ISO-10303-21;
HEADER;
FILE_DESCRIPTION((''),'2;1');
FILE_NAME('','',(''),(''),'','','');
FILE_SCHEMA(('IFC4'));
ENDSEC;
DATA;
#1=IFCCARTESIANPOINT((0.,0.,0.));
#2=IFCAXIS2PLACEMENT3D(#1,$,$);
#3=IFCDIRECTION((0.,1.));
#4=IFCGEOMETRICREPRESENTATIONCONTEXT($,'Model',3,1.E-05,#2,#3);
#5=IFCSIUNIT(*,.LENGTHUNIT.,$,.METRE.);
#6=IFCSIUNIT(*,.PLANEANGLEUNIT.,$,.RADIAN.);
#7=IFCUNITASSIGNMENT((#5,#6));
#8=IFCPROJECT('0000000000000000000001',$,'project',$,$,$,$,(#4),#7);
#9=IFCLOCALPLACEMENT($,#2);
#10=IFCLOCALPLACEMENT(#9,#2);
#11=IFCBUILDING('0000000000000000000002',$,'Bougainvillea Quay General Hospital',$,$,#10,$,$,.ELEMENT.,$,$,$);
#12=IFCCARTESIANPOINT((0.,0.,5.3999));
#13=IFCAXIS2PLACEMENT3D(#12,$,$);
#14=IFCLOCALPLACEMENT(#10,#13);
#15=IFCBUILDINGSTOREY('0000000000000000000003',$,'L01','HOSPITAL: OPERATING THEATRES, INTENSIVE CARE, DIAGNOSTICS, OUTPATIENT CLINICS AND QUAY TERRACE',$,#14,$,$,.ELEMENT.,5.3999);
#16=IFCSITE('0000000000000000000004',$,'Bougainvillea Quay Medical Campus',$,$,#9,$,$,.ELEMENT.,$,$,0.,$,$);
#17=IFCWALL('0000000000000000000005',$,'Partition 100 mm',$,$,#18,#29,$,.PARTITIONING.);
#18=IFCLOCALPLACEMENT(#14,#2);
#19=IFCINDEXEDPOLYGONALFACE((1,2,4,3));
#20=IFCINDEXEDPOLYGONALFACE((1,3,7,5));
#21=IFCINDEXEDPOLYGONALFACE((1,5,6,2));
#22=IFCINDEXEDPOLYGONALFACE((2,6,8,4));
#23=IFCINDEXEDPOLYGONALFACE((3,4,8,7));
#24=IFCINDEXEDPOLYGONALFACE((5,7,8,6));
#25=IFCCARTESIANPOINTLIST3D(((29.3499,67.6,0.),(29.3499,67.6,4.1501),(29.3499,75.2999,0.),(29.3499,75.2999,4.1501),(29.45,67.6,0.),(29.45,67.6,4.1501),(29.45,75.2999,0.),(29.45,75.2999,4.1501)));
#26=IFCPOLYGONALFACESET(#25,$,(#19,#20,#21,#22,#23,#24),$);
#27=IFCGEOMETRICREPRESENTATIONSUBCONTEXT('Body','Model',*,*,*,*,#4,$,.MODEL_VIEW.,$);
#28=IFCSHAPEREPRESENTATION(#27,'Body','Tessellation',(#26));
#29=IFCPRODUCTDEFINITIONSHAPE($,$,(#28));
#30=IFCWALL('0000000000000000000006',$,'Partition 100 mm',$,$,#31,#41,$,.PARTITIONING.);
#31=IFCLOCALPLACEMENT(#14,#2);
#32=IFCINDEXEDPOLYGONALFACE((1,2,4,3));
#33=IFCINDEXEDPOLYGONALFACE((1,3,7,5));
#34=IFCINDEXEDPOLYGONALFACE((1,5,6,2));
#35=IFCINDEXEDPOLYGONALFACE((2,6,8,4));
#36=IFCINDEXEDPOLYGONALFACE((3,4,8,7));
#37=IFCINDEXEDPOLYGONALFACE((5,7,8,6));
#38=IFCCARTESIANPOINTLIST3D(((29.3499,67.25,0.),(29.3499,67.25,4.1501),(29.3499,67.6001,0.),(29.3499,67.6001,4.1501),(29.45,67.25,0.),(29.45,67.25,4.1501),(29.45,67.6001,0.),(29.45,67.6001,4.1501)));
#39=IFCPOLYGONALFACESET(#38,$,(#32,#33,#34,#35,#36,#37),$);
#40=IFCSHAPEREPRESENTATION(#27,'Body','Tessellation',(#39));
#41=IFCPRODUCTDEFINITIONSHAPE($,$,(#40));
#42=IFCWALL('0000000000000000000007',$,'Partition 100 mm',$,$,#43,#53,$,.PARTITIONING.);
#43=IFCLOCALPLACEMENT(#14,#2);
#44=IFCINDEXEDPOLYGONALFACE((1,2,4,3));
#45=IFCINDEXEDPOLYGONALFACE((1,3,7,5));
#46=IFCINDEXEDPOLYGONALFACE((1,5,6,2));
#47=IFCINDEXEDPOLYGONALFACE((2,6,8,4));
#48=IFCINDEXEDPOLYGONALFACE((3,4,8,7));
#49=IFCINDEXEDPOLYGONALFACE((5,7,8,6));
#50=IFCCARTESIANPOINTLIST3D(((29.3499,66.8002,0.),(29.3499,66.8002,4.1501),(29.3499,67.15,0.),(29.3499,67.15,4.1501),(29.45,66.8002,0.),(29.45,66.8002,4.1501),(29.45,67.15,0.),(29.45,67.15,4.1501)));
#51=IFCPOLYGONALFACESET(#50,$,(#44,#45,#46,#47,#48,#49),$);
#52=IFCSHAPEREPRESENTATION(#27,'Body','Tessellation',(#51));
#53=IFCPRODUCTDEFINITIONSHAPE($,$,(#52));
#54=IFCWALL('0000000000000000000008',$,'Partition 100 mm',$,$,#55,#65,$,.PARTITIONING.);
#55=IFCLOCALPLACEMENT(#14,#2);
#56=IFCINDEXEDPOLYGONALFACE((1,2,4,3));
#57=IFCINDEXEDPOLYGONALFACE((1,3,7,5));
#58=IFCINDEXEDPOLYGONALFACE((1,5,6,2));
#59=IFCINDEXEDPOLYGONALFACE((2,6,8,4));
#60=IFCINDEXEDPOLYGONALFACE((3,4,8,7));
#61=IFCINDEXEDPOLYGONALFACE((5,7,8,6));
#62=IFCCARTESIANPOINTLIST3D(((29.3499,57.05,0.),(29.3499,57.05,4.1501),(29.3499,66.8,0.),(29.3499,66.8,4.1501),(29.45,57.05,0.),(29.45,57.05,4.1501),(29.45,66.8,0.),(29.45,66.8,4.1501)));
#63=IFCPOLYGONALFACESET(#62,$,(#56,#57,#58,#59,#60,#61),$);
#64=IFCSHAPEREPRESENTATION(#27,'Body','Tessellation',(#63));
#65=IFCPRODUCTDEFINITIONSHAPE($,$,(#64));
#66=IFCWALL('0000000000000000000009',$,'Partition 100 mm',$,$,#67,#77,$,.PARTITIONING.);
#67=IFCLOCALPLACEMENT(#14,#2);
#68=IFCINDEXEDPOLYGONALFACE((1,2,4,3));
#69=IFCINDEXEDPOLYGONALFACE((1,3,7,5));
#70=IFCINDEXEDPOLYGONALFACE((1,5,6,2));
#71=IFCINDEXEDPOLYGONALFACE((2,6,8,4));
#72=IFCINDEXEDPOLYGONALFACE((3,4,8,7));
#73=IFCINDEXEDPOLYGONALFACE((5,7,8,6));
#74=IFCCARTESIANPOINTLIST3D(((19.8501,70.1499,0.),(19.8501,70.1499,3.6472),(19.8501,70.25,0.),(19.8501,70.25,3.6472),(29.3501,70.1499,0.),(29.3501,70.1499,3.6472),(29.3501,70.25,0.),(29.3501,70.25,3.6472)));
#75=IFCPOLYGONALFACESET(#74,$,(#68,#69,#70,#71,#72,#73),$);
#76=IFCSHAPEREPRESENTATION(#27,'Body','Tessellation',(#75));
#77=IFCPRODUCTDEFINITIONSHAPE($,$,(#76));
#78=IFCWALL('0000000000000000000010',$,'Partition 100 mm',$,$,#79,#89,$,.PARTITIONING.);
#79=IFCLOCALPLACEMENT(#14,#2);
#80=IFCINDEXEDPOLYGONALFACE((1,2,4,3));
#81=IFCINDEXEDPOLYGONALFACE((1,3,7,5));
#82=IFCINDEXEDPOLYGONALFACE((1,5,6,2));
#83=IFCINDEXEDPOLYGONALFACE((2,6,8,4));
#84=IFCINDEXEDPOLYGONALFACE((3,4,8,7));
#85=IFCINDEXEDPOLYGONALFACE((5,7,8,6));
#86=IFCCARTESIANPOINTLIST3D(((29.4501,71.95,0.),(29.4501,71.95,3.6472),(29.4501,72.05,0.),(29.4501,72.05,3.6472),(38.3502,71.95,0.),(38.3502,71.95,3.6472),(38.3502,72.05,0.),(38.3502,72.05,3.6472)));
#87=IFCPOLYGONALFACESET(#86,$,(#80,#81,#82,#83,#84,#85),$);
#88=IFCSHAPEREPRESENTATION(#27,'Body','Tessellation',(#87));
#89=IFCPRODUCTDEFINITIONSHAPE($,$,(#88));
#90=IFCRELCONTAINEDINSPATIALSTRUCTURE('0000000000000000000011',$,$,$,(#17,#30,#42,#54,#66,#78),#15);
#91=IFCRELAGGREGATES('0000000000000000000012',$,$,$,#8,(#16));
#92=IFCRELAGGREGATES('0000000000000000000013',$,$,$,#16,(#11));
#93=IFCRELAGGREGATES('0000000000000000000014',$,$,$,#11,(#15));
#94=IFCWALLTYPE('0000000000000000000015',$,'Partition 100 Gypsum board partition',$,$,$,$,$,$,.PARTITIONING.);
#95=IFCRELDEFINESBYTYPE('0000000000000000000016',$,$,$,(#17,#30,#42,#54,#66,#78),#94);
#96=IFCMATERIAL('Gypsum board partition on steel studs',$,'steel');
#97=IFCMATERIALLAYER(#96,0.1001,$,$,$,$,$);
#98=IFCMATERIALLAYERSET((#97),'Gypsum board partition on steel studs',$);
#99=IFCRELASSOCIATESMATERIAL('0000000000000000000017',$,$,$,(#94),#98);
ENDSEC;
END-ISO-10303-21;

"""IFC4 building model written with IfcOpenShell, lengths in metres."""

from ifc_helpers import new_model, si_unit, direction, frame, frame_2d, origin, place, context, subcontext, project, spatial, rectangle, extrude, material, layer, layer_set, type_object, element, save


model = new_model("IFC4")

# Units and contexts
model_context = context("Model", 3, precision=1e-05, world=origin(), true_north=direction((0.0, 1.0)))
body_context = subcontext(model_context, "Body", "Model", "MODEL_VIEW")
ifc_project = project(units=[si_unit("LENGTHUNIT", "METRE"), si_unit("PLANEANGLEUNIT", "RADIAN")], contexts=[model_context])

# Site, building, storey
site_placement = place(None, origin())
site = spatial("IfcSite", under=ifc_project, at=site_placement, Name="Bougainvillea Quay Medical Campus", CompositionType="ELEMENT", RefElevation=0.0)
building_placement = place(site_placement, origin())
building = spatial("IfcBuilding", under=site, at=building_placement, Name="Bougainvillea Quay General Hospital", CompositionType="ELEMENT")
storey_placement = place(building_placement, frame((0.0, 0.0, 5.3999)))
storey = spatial("IfcBuildingStorey", under=building, at=storey_placement, Name="L01", Description="HOSPITAL: OPERATING THEATRES, INTENSIVE CARE, DIAGNOSTICS, OUTPATIENT CLINICS AND QUAY TERRACE", CompositionType="ELEMENT", Elevation=5.3999)

# Shared definitions
ifc_material_1 = material(Name="Gypsum board partition on steel studs", Category="steel")
ifc_layer_1 = layer(ifc_material_1, 0.1001)
ifc_layer_set_1 = layer_set([ifc_layer_1], Name="Gypsum board partition on steel studs")
wall_type_1 = type_object("IfcWallType", Name="Partition 100 Gypsum board partition", PredefinedType="PARTITIONING", material=ifc_layer_set_1)

# Walls
wall_1_placement = place(storey_placement, frame((29.3999, 75.3, 0.0), z_axis=(0.0, 0.0, 1.0), x_axis=(0.0, -1.0, 0.0)))
element("IfcWall", 1, at=wall_1_placement, inside=storey, type_object=wall_type_1, Name="Partition 100 mm", PredefinedType="PARTITIONING", context=body_context, shape_type="SweptSolid", body=[
    extrude(rectangle(XDim=7.7, YDim=0.1001, at=frame_2d((3.8501, 0.0))), origin(), (0.0, 0.0, 1.0), 4.1501),
])
wall_2_placement = place(storey_placement, frame((29.3999, 67.6001, 0.0), z_axis=(0.0, 0.0, 1.0), x_axis=(0.0, -1.0, 0.0)))
element("IfcWall", 2, at=wall_2_placement, inside=storey, type_object=wall_type_1, Name="Partition 100 mm", PredefinedType="PARTITIONING", context=body_context, shape_type="SweptSolid", body=[
    extrude(rectangle(XDim=0.3501, YDim=0.1001, at=frame_2d((0.175, 0.0))), origin(), (0.0, 0.0, 1.0), 4.1501),
])
wall_3_placement = place(storey_placement, frame((29.3999, 67.1499, 0.0), z_axis=(0.0, 0.0, 1.0), x_axis=(0.0, -1.0, 0.0)))
element("IfcWall", 3, at=wall_3_placement, inside=storey, type_object=wall_type_1, Name="Partition 100 mm", PredefinedType="PARTITIONING", context=body_context, shape_type="SweptSolid", body=[
    extrude(rectangle(XDim=0.3499, YDim=0.1001, at=frame_2d((0.1748, 0.0))), origin(), (0.0, 0.0, 1.0), 4.1501),
])
wall_4_placement = place(storey_placement, frame((29.3999, 66.8, 0.0), z_axis=(0.0, 0.0, 1.0), x_axis=(0.0, -1.0, 0.0)))
element("IfcWall", 4, at=wall_4_placement, inside=storey, type_object=wall_type_1, Name="Partition 100 mm", PredefinedType="PARTITIONING", context=body_context, shape_type="SweptSolid", body=[
    extrude(rectangle(XDim=9.75, YDim=0.1001, at=frame_2d((4.875, 0.0))), origin(), (0.0, 0.0, 1.0), 4.1501),
])
wall_5_placement = place(storey_placement, frame((19.8501, 70.2, 0.0), z_axis=(0.0, 0.0, 1.0), x_axis=(1.0, 0.0, 0.0)))
element("IfcWall", 5, at=wall_5_placement, inside=storey, type_object=wall_type_1, Name="Partition 100 mm", PredefinedType="PARTITIONING", context=body_context, shape_type="SweptSolid", body=[
    extrude(rectangle(XDim=9.5, YDim=0.1001, at=frame_2d((4.75, 0.0))), origin(), (0.0, 0.0, 1.0), 3.6472),
])
wall_6_placement = place(storey_placement, frame((29.45, 72.0, 0.0), z_axis=(0.0, 0.0, 1.0), x_axis=(1.0, 0.0, 0.0)))
element("IfcWall", 6, at=wall_6_placement, inside=storey, type_object=wall_type_1, Name="Partition 100 mm", PredefinedType="PARTITIONING", context=body_context, shape_type="SweptSolid", body=[
    extrude(rectangle(XDim=8.9001, YDim=0.1001, at=frame_2d((4.4502, 0.0))), origin(), (0.0, 0.0, 1.0), 3.6472),
])

save(model, "model.ifc")
